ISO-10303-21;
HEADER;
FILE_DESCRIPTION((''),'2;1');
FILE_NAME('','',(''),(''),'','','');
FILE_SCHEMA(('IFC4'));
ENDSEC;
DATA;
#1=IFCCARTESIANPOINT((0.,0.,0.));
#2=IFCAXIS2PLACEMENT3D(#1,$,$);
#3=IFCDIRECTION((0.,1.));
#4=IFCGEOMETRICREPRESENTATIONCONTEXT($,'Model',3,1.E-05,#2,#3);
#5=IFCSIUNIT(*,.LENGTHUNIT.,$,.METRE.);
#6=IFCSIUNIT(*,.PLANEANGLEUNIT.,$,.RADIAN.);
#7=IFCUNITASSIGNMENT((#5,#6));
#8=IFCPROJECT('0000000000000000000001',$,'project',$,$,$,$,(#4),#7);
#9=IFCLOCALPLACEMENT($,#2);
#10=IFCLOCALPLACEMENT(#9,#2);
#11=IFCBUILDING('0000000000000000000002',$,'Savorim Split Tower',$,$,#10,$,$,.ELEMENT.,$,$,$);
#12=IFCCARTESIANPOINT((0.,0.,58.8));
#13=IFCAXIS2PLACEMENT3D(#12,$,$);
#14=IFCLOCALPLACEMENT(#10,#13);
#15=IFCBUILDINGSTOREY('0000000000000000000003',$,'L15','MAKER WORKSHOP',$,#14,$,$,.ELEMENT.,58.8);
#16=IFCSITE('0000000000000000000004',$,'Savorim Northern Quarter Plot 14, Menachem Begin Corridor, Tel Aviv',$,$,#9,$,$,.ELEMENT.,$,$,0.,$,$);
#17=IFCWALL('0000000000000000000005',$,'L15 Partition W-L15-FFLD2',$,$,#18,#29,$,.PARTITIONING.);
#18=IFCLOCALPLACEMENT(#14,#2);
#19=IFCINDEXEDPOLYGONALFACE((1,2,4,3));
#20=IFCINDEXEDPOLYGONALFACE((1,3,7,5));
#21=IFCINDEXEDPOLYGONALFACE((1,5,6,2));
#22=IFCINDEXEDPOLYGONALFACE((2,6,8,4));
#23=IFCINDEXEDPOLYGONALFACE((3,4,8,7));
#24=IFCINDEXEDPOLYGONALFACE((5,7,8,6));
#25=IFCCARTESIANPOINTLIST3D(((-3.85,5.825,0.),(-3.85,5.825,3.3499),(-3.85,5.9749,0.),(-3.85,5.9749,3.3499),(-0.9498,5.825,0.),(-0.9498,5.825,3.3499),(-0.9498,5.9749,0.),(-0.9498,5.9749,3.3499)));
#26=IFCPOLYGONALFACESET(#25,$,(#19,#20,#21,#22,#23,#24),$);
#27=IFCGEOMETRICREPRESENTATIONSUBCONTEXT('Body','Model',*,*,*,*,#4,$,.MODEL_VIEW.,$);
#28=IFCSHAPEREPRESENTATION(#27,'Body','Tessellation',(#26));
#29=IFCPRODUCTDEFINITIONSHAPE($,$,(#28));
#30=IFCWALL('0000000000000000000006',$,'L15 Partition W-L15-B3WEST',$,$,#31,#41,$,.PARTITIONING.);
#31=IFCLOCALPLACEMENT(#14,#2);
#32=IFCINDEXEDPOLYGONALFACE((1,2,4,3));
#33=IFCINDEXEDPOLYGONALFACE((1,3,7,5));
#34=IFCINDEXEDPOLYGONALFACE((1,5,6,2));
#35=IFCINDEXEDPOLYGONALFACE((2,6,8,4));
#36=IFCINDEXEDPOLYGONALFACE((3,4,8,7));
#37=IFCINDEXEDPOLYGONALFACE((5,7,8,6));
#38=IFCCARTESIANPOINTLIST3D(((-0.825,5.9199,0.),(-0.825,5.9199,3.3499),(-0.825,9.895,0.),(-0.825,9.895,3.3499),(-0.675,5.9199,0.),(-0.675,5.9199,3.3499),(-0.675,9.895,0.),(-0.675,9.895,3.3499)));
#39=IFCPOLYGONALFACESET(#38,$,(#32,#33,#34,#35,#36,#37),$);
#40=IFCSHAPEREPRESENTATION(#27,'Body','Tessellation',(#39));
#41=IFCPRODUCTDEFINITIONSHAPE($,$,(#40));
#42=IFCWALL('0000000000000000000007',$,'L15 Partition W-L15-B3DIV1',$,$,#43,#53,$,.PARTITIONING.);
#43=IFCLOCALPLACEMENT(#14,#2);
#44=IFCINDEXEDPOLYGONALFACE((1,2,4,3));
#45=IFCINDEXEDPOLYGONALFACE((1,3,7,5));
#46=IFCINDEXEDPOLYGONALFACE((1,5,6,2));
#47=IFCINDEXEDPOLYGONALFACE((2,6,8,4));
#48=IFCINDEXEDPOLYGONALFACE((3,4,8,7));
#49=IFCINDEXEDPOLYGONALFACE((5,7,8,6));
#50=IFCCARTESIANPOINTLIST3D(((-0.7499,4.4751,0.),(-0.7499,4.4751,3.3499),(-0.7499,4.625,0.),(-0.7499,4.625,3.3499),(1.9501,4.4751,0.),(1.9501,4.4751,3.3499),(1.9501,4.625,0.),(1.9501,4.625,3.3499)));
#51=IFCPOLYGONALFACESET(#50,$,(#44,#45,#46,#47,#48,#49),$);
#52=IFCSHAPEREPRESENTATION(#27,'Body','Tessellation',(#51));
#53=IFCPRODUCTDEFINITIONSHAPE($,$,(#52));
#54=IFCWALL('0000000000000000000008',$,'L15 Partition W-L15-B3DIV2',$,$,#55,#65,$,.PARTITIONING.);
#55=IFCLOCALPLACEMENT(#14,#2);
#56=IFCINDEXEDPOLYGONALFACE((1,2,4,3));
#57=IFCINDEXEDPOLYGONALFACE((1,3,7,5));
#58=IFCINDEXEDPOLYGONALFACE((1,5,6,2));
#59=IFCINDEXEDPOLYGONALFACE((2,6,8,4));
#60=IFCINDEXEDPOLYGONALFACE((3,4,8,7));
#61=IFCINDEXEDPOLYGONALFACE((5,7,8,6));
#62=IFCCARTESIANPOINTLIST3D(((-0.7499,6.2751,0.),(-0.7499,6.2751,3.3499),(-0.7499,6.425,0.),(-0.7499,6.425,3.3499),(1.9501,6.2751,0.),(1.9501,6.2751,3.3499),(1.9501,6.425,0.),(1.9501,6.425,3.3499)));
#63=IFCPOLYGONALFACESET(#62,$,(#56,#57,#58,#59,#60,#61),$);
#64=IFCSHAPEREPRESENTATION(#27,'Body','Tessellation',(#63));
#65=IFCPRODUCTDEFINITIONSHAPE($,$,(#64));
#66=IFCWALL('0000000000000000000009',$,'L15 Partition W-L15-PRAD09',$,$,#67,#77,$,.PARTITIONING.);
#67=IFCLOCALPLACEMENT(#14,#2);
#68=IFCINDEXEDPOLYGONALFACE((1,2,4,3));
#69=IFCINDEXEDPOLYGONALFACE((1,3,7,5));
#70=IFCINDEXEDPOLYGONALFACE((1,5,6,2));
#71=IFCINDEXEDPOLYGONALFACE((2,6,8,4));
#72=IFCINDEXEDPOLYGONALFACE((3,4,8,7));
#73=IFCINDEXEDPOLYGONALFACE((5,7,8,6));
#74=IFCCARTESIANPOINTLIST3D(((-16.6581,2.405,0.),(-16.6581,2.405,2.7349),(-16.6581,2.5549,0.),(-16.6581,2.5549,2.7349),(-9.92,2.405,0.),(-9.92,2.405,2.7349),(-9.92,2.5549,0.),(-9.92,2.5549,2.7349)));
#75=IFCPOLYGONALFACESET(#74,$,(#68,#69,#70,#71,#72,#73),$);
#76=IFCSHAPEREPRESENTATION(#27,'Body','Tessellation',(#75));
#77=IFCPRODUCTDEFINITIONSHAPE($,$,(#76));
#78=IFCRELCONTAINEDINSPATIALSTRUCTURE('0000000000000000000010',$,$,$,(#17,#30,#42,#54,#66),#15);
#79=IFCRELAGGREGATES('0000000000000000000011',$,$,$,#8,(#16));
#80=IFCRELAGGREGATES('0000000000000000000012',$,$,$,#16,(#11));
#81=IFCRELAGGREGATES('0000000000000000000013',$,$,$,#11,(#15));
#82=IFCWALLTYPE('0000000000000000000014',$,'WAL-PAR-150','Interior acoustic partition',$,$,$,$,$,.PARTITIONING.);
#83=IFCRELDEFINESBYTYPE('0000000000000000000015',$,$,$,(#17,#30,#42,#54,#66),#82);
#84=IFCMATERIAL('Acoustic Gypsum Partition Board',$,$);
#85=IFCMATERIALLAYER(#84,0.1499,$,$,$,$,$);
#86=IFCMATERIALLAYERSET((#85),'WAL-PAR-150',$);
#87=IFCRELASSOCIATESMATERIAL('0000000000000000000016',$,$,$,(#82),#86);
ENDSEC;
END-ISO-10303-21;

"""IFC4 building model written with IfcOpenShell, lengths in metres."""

from ifc_helpers import new_model, si_unit, direction, frame, frame_2d, origin, place, context, subcontext, project, spatial, rectangle, extrude, material, layer, layer_set, type_object, element, save


model = new_model("IFC4")

# Units and contexts
model_context = context("Model", 3, precision=1e-05, world=origin(), true_north=direction((0.0, 1.0)))
body_context = subcontext(model_context, "Body", "Model", "MODEL_VIEW")
ifc_project = project(units=[si_unit("LENGTHUNIT", "METRE"), si_unit("PLANEANGLEUNIT", "RADIAN")], contexts=[model_context])

# Site, building, storey
site_placement = place(None, origin())
site = spatial("IfcSite", under=ifc_project, at=site_placement, Name="Savorim Northern Quarter Plot 14, Menachem Begin Corridor, Tel Aviv", CompositionType="ELEMENT", RefElevation=0.0)
building_placement = place(site_placement, origin())
building = spatial("IfcBuilding", under=site, at=building_placement, Name="Savorim Split Tower", CompositionType="ELEMENT")
storey_placement = place(building_placement, frame((0.0, 0.0, 58.8)))
storey = spatial("IfcBuildingStorey", under=building, at=storey_placement, Name="L15", Description="MAKER WORKSHOP", CompositionType="ELEMENT", Elevation=58.8)

# Walls
ifc_material_1 = material(Name="Acoustic Gypsum Partition Board")
ifc_layer_1 = layer(ifc_material_1, 0.1499)
ifc_layer_set_1 = layer_set([ifc_layer_1], Name="WAL-PAR-150")
wall_type_1 = type_object("IfcWallType", Name="WAL-PAR-150", Description="Interior acoustic partition", PredefinedType="PARTITIONING", material=ifc_layer_set_1)
wall_1_placement = place(storey_placement, frame((-3.8501, 5.8999, 0.0), z_axis=(0.0, 0.0, 1.0), x_axis=(1.0, 0.0, 0.0)))
element("IfcWall", 1, at=wall_1_placement, inside=storey, type_object=wall_type_1, Name="L15 Partition W-L15-FFLD2", PredefinedType="PARTITIONING", context=body_context, shape_type="SweptSolid", body=[
    extrude(rectangle(XDim=2.9001, YDim=0.1499, at=frame_2d((1.4502, 0.0))), origin(), (0.0, 0.0, 1.0), 3.3499),
])
wall_2_placement = place(storey_placement, frame((-0.75, 5.9199, 0.0), z_axis=(0.0, 0.0, 1.0), x_axis=(0.0, 1.0, 0.0)))
element("IfcWall", 2, at=wall_2_placement, inside=storey, type_object=wall_type_1, Name="L15 Partition W-L15-B3WEST", PredefinedType="PARTITIONING", context=body_context, shape_type="SweptSolid", body=[
    extrude(rectangle(XDim=3.9751, YDim=0.1499, at=frame_2d((1.9875, 0.0))), origin(), (0.0, 0.0, 1.0), 3.3499),
])
for number, where, z_axis, x_axis, name in (
    (3, (-0.75, 4.55, 0.0), (0.0, 0.0, 1.0), (1.0, 0.0, 0.0), "L15 Partition W-L15-B3DIV1"),
    (4, (-0.75, 6.3501, 0.0), (0.0, 0.0, 1.0), (1.0, 0.0, 0.0), "L15 Partition W-L15-B3DIV2"),
):
    element("IfcWall", number, at=place(storey_placement, frame(where, z_axis=z_axis, x_axis=x_axis)), inside=storey, type_object=wall_type_1, Name=name, PredefinedType="PARTITIONING", context=body_context, shape_type="SweptSolid", body=[
        extrude(rectangle(XDim=2.7, YDim=0.1499, at=frame_2d((1.3501, 0.0))), origin(), (0.0, 0.0, 1.0), 3.3499),
    ])
wall_3_placement = place(storey_placement, frame((-9.9199, 2.48, 0.0), z_axis=(0.0, 0.0, 1.0), x_axis=(-1.0, 0.0, 0.0)))
element("IfcWall", 5, at=wall_3_placement, inside=storey, type_object=wall_type_1, Name="L15 Partition W-L15-PRAD09", PredefinedType="PARTITIONING", context=body_context, shape_type="SweptSolid", body=[
    extrude(rectangle(XDim=6.738, YDim=0.1499, at=frame_2d((3.3691, 0.0))), origin(), (0.0, 0.0, 1.0), 2.7349),
])

save(model, "model.ifc")
